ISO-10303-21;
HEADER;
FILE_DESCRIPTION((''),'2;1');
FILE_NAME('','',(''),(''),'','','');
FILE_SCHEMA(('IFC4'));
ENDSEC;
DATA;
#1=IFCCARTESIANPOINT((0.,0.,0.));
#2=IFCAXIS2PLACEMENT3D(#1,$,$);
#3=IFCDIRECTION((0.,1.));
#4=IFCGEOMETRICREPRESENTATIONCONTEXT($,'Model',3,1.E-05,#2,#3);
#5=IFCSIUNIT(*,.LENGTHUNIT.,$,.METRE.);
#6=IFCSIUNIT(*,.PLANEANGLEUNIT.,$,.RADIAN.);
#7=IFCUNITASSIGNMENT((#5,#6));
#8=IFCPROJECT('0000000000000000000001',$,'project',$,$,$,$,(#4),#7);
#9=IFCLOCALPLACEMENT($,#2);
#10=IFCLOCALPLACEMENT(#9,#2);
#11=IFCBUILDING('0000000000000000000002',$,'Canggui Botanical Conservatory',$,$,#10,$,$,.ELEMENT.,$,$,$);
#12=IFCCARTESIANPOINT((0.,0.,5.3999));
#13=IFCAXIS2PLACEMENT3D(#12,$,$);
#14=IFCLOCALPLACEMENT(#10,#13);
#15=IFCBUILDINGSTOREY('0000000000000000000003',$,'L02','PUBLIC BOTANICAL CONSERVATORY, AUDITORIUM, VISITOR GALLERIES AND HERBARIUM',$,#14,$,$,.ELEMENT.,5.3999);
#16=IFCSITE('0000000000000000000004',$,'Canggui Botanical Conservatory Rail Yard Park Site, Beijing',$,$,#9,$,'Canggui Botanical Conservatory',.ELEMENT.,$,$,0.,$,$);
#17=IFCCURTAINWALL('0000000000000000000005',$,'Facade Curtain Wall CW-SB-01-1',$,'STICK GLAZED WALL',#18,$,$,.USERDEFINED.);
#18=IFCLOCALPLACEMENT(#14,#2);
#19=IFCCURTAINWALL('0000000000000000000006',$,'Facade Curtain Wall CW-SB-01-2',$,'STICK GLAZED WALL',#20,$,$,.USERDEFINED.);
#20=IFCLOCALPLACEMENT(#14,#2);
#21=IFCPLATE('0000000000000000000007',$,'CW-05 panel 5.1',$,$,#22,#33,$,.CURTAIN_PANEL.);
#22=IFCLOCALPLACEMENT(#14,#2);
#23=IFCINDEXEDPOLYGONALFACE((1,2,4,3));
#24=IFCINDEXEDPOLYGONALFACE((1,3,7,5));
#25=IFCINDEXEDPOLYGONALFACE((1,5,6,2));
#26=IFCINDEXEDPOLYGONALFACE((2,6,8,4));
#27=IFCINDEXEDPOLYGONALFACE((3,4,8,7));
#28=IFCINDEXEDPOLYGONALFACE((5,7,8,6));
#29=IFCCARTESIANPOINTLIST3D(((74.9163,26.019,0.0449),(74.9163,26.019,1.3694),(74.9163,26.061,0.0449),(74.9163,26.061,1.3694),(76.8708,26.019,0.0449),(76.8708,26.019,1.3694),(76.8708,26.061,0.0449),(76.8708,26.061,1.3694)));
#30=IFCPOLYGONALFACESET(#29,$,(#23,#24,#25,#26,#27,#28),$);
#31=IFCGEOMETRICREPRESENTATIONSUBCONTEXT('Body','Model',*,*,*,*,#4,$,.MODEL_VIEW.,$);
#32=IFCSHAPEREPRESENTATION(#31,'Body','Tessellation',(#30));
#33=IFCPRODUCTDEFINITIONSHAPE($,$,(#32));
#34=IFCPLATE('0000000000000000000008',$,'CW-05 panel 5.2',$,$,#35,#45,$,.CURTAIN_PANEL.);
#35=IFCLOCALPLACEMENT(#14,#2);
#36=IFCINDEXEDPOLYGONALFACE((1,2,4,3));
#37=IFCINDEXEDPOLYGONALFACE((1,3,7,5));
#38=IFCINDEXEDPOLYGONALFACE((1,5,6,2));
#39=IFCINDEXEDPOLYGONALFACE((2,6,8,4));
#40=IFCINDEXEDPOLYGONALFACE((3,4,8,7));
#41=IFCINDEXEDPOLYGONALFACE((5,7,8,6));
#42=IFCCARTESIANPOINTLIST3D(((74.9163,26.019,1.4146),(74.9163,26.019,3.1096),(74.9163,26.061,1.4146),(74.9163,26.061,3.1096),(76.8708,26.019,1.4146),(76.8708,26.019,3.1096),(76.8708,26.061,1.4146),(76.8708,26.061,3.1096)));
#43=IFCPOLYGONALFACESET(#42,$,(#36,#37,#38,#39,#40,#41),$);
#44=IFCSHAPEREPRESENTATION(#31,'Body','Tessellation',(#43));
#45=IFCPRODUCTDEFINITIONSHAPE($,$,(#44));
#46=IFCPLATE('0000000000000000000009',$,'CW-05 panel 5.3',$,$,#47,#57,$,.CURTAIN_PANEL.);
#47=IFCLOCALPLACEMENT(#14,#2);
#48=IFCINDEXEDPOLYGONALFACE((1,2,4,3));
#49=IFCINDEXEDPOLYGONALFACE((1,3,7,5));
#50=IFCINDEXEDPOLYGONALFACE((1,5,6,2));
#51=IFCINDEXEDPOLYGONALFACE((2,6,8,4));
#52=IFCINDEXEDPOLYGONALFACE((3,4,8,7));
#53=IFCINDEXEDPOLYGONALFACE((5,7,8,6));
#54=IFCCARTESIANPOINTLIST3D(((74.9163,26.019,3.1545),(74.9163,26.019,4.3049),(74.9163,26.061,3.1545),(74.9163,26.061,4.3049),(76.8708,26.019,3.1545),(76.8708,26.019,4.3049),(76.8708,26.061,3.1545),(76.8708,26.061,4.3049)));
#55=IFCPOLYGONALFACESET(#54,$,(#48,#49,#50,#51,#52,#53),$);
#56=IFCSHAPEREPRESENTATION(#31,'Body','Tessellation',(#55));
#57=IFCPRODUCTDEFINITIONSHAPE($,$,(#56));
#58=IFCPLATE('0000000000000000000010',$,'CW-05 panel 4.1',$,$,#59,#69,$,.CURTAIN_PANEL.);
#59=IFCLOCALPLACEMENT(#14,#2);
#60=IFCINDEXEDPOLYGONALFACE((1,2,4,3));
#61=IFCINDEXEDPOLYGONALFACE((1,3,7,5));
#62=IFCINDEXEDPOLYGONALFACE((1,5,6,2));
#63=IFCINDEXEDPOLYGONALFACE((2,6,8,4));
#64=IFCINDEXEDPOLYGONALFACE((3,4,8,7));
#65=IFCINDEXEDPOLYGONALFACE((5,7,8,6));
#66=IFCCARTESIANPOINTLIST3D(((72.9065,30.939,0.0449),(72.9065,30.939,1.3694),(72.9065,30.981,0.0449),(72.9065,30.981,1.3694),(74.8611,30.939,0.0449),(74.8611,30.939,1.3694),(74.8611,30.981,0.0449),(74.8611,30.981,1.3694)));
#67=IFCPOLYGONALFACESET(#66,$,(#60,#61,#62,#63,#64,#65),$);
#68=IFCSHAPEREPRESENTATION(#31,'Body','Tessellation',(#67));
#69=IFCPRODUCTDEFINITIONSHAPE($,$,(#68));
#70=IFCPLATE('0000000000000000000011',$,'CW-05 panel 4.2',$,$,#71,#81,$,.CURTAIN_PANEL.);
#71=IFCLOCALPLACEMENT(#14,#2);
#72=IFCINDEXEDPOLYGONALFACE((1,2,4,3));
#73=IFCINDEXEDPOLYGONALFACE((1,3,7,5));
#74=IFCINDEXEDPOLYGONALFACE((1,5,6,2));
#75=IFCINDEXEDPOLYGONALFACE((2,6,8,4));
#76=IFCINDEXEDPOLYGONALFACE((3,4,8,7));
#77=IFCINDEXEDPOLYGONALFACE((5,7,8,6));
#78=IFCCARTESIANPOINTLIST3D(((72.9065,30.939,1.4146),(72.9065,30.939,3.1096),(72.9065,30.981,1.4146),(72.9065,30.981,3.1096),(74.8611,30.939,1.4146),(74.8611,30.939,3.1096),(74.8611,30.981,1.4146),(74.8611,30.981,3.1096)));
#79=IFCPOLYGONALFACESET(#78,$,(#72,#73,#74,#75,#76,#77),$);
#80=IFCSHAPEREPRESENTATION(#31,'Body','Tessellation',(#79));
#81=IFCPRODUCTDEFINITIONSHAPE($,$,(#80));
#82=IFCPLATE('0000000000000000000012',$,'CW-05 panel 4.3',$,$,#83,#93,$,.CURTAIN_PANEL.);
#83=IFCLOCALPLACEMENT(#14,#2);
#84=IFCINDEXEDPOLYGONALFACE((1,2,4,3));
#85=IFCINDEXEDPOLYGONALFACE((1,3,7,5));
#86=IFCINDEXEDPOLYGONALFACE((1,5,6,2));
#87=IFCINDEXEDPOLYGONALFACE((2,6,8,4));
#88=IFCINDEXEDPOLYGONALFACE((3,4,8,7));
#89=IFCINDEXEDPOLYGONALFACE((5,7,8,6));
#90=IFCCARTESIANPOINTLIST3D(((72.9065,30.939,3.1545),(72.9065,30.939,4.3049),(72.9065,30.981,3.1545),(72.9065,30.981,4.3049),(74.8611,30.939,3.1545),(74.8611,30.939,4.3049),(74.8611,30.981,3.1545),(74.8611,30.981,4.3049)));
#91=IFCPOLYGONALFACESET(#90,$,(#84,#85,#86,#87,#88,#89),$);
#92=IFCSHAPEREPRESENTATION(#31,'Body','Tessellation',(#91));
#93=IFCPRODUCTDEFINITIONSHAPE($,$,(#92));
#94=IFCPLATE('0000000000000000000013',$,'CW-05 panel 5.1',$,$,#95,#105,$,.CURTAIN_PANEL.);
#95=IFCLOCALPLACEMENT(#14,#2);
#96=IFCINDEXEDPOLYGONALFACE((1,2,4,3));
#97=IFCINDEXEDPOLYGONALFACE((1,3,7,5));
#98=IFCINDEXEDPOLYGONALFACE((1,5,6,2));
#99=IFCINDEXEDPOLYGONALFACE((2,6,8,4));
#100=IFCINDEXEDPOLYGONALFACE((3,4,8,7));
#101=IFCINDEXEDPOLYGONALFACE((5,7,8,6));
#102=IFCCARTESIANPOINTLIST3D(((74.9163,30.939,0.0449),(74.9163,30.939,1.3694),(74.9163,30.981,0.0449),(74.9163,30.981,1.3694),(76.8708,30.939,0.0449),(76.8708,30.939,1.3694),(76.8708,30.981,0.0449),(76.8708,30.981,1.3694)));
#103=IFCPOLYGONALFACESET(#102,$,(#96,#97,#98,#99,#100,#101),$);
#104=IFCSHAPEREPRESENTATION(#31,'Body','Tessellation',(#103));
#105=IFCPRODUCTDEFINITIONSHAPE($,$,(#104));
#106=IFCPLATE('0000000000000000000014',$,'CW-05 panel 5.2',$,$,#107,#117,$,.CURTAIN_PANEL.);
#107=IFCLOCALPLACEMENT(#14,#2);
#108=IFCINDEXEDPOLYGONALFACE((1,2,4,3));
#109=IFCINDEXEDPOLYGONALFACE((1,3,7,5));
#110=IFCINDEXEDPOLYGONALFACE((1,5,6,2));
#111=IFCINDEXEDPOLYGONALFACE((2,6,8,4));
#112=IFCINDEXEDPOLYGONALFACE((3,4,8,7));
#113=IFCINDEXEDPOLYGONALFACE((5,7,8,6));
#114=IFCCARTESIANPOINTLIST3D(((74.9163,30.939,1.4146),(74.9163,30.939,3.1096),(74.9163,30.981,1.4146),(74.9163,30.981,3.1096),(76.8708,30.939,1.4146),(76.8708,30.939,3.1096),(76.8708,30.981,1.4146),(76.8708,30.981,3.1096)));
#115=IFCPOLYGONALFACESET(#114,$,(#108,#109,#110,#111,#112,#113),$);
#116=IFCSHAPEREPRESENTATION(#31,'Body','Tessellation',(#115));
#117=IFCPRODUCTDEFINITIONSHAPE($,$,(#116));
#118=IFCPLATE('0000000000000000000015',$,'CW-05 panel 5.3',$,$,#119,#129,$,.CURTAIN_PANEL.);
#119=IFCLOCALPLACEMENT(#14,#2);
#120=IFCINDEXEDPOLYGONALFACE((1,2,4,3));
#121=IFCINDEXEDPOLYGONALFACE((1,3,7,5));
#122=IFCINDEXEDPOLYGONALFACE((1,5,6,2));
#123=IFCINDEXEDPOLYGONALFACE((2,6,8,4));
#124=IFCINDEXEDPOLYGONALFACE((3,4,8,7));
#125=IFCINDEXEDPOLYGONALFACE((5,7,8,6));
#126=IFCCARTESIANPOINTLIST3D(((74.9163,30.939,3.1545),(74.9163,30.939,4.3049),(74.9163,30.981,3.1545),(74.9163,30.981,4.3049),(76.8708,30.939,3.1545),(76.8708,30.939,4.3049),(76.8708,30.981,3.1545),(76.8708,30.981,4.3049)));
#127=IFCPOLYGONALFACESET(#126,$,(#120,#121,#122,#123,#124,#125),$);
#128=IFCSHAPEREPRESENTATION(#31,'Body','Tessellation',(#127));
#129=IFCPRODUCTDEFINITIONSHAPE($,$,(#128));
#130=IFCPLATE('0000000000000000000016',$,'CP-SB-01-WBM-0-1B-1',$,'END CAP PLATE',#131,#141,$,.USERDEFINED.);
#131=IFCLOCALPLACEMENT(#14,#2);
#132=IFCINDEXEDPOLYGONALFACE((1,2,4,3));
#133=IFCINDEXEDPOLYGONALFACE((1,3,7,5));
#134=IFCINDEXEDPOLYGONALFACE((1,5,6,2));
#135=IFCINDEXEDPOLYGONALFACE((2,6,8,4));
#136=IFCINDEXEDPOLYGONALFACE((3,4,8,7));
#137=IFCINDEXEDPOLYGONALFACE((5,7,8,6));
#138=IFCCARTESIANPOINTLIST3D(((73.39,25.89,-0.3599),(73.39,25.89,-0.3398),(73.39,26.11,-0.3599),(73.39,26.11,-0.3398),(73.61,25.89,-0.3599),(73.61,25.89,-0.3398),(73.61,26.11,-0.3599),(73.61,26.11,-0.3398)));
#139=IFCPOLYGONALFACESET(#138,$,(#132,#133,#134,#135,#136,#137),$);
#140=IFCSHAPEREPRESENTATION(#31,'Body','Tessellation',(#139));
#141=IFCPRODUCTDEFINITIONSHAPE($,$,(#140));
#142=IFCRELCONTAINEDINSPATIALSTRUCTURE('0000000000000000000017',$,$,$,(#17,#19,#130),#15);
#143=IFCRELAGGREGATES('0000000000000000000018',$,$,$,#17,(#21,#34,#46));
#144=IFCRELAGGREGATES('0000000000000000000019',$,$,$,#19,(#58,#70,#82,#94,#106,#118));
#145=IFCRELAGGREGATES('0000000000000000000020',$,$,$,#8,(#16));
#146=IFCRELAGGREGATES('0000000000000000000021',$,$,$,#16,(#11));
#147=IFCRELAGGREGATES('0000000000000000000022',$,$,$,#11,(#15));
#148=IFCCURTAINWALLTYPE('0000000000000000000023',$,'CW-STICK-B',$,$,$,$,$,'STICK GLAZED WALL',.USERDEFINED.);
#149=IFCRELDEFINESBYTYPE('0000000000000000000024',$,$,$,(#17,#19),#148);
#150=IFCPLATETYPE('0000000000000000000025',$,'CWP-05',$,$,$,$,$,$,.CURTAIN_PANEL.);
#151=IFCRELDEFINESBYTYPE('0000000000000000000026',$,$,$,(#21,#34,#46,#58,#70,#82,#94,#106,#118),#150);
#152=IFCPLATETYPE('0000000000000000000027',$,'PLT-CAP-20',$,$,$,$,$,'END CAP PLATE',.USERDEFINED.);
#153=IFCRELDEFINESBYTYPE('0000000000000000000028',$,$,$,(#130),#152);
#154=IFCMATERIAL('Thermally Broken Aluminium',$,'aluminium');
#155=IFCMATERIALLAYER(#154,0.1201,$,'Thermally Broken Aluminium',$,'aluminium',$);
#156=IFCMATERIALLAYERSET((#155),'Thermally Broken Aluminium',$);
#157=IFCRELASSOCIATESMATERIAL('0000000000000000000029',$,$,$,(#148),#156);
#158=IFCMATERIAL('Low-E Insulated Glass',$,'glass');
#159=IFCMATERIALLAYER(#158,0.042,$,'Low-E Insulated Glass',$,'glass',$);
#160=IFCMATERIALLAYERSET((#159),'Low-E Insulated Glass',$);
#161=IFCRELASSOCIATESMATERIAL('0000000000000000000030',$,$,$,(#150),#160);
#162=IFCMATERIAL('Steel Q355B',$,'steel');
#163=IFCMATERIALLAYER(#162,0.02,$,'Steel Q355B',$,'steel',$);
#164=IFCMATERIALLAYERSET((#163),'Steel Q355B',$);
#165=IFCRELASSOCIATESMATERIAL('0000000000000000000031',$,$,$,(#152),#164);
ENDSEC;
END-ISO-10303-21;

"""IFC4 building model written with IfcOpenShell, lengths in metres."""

from ifc_helpers import new_model, si_unit, direction, frame, origin, origin_2d, place, context, subcontext, project, spatial, rectangle, extrude, material, layer, layer_set, type_object, element, aggregate, save


model = new_model("IFC4")

# Units and contexts
model_context = context("Model", 3, precision=1e-05, world=origin(), true_north=direction((0.0, 1.0)))
body_context = subcontext(model_context, "Body", "Model", "MODEL_VIEW")
ifc_project = project(units=[si_unit("LENGTHUNIT", "METRE"), si_unit("PLANEANGLEUNIT", "RADIAN")], contexts=[model_context])

# Site, building, storey
site_placement = place(None, origin())
site = spatial("IfcSite", under=ifc_project, at=site_placement, Name="Canggui Botanical Conservatory Rail Yard Park Site, Beijing", LongName="Canggui Botanical Conservatory", CompositionType="ELEMENT", RefElevation=0.0)
building_placement = place(site_placement, origin())
building = spatial("IfcBuilding", under=site, at=building_placement, Name="Canggui Botanical Conservatory", CompositionType="ELEMENT")
storey_placement = place(building_placement, frame((0.0, 0.0, 5.3999)))
storey = spatial("IfcBuildingStorey", under=building, at=storey_placement, Name="L02", Description="PUBLIC BOTANICAL CONSERVATORY, AUDITORIUM, VISITOR GALLERIES AND HERBARIUM", CompositionType="ELEMENT", Elevation=5.3999)

# Shared definitions
ifc_material_1 = material(Name="Steel Q355B", Category="steel")

# Curtain walls
ifc_material_2 = material(Name="Thermally Broken Aluminium", Category="aluminium")
ifc_layer_1 = layer(ifc_material_2, 0.1201, Name="Thermally Broken Aluminium", Category="aluminium")
ifc_layer_set_1 = layer_set([ifc_layer_1], Name="Thermally Broken Aluminium")
curtain_wall_type = type_object("IfcCurtainWallType", Name="CW-STICK-B", ElementType="STICK GLAZED WALL", PredefinedType="USERDEFINED", material=ifc_layer_set_1)
curtain_wall_1_placement = place(storey_placement, origin())
curtain_wall_1 = element("IfcCurtainWall", 1, at=curtain_wall_1_placement, inside=storey, type_object=curtain_wall_type, Name="Facade Curtain Wall CW-SB-01-1", ObjectType="STICK GLAZED WALL", PredefinedType="USERDEFINED")
curtain_wall_2_placement = place(storey_placement, origin())
curtain_wall_2 = element("IfcCurtainWall", 2, at=curtain_wall_2_placement, inside=storey, type_object=curtain_wall_type, Name="Facade Curtain Wall CW-SB-01-2", ObjectType="STICK GLAZED WALL", PredefinedType="USERDEFINED")

# Plates
ifc_material_3 = material(Name="Low-E Insulated Glass", Category="glass")
ifc_layer_2 = layer(ifc_material_3, 0.042, Name="Low-E Insulated Glass", Category="glass")
ifc_layer_set_2 = layer_set([ifc_layer_2], Name="Low-E Insulated Glass")
plate_type_1 = type_object("IfcPlateType", Name="CWP-05", PredefinedType="CURTAIN_PANEL", material=ifc_layer_set_2)
plate_1_placement = place(storey_placement, frame((75.8936, 26.04, 0.0449), z_axis=(0.0, 0.0, 1.0), x_axis=(1.0, 0.0, 0.0)))
plate_1 = element("IfcPlate", 3, at=plate_1_placement, type_object=plate_type_1, Name="CW-05 panel 5.1", PredefinedType="CURTAIN_PANEL", context=body_context, shape_type="SweptSolid", body=[
    extrude(rectangle(XDim=1.9546, YDim=0.042, at=origin_2d()), origin(), (0.0, 0.0, 1.0), 1.3245),
])
plate_2_placement = place(storey_placement, frame((75.8936, 26.04, 1.4146), z_axis=(0.0, 0.0, 1.0), x_axis=(1.0, 0.0, 0.0)))
plate_2 = element("IfcPlate", 4, at=plate_2_placement, type_object=plate_type_1, Name="CW-05 panel 5.2", PredefinedType="CURTAIN_PANEL", context=body_context, shape_type="SweptSolid", body=[
    extrude(rectangle(XDim=1.9546, YDim=0.042, at=origin_2d()), origin(), (0.0, 0.0, 1.0), 1.6951),
])
plate_3_placement = place(storey_placement, frame((75.8936, 26.04, 3.1545), z_axis=(0.0, 0.0, 1.0), x_axis=(1.0, 0.0, 0.0)))
plate_3 = element("IfcPlate", 5, at=plate_3_placement, type_object=plate_type_1, Name="CW-05 panel 5.3", PredefinedType="CURTAIN_PANEL", context=body_context, shape_type="SweptSolid", body=[
    extrude(rectangle(XDim=1.9546, YDim=0.042, at=origin_2d()), origin(), (0.0, 0.0, 1.0), 1.1504),
])
aggregate(curtain_wall_1, [plate_1, plate_2, plate_3])
plate_4_placement = place(storey_placement, frame((73.8838, 30.96, 0.0449), z_axis=(0.0, 0.0, 1.0), x_axis=(1.0, 0.0, 0.0)))
plate_4 = element("IfcPlate", 6, at=plate_4_placement, type_object=plate_type_1, Name="CW-05 panel 4.1", PredefinedType="CURTAIN_PANEL", context=body_context, shape_type="SweptSolid", body=[
    extrude(rectangle(XDim=1.9546, YDim=0.042, at=origin_2d()), origin(), (0.0, 0.0, 1.0), 1.3245),
])
plate_5_placement = place(storey_placement, frame((73.8838, 30.96, 1.4146), z_axis=(0.0, 0.0, 1.0), x_axis=(1.0, 0.0, 0.0)))
plate_5 = element("IfcPlate", 7, at=plate_5_placement, type_object=plate_type_1, Name="CW-05 panel 4.2", PredefinedType="CURTAIN_PANEL", context=body_context, shape_type="SweptSolid", body=[
    extrude(rectangle(XDim=1.9546, YDim=0.042, at=origin_2d()), origin(), (0.0, 0.0, 1.0), 1.6951),
])
plate_6_placement = place(storey_placement, frame((73.8838, 30.96, 3.1545), z_axis=(0.0, 0.0, 1.0), x_axis=(1.0, 0.0, 0.0)))
plate_6 = element("IfcPlate", 8, at=plate_6_placement, type_object=plate_type_1, Name="CW-05 panel 4.3", PredefinedType="CURTAIN_PANEL", context=body_context, shape_type="SweptSolid", body=[
    extrude(rectangle(XDim=1.9546, YDim=0.042, at=origin_2d()), origin(), (0.0, 0.0, 1.0), 1.1504),
])
plate_7_placement = place(storey_placement, frame((75.8936, 30.96, 0.0449), z_axis=(0.0, 0.0, 1.0), x_axis=(1.0, 0.0, 0.0)))
plate_7 = element("IfcPlate", 9, at=plate_7_placement, type_object=plate_type_1, Name="CW-05 panel 5.1", PredefinedType="CURTAIN_PANEL", context=body_context, shape_type="SweptSolid", body=[
    extrude(rectangle(XDim=1.9546, YDim=0.042, at=origin_2d()), origin(), (0.0, 0.0, 1.0), 1.3245),
])
plate_8_placement = place(storey_placement, frame((75.8936, 30.96, 1.4146), z_axis=(0.0, 0.0, 1.0), x_axis=(1.0, 0.0, 0.0)))
plate_8 = element("IfcPlate", 10, at=plate_8_placement, type_object=plate_type_1, Name="CW-05 panel 5.2", PredefinedType="CURTAIN_PANEL", context=body_context, shape_type="SweptSolid", body=[
    extrude(rectangle(XDim=1.9546, YDim=0.042, at=origin_2d()), origin(), (0.0, 0.0, 1.0), 1.6951),
])
plate_9_placement = place(storey_placement, frame((75.8936, 30.96, 3.1545), z_axis=(0.0, 0.0, 1.0), x_axis=(1.0, 0.0, 0.0)))
plate_9 = element("IfcPlate", 11, at=plate_9_placement, type_object=plate_type_1, Name="CW-05 panel 5.3", PredefinedType="CURTAIN_PANEL", context=body_context, shape_type="SweptSolid", body=[
    extrude(rectangle(XDim=1.9546, YDim=0.042, at=origin_2d()), origin(), (0.0, 0.0, 1.0), 1.1504),
])
aggregate(curtain_wall_2, [plate_4, plate_5, plate_6, plate_7, plate_8, plate_9])
ifc_layer_3 = layer(ifc_material_1, 0.02, Name="Steel Q355B", Category="steel")
ifc_layer_set_3 = layer_set([ifc_layer_3], Name="Steel Q355B")
plate_type_2 = type_object("IfcPlateType", Name="PLT-CAP-20", ElementType="END CAP PLATE", PredefinedType="USERDEFINED", material=ifc_layer_set_3)
plate_10_placement = place(storey_placement, frame((73.5, 26.0, -0.3599), z_axis=(0.0, 0.0, 1.0), x_axis=(1.0, 0.0, 0.0)))
element("IfcPlate", 12, at=plate_10_placement, inside=storey, type_object=plate_type_2, Name="CP-SB-01-WBM-0-1B-1", ObjectType="END CAP PLATE", PredefinedType="USERDEFINED", context=body_context, shape_type="SweptSolid", body=[
    extrude(rectangle(XDim=0.22, YDim=0.22, at=origin_2d()), origin(), (0.0, 0.0, 1.0), 0.02),
])

save(model, "model.ifc")
